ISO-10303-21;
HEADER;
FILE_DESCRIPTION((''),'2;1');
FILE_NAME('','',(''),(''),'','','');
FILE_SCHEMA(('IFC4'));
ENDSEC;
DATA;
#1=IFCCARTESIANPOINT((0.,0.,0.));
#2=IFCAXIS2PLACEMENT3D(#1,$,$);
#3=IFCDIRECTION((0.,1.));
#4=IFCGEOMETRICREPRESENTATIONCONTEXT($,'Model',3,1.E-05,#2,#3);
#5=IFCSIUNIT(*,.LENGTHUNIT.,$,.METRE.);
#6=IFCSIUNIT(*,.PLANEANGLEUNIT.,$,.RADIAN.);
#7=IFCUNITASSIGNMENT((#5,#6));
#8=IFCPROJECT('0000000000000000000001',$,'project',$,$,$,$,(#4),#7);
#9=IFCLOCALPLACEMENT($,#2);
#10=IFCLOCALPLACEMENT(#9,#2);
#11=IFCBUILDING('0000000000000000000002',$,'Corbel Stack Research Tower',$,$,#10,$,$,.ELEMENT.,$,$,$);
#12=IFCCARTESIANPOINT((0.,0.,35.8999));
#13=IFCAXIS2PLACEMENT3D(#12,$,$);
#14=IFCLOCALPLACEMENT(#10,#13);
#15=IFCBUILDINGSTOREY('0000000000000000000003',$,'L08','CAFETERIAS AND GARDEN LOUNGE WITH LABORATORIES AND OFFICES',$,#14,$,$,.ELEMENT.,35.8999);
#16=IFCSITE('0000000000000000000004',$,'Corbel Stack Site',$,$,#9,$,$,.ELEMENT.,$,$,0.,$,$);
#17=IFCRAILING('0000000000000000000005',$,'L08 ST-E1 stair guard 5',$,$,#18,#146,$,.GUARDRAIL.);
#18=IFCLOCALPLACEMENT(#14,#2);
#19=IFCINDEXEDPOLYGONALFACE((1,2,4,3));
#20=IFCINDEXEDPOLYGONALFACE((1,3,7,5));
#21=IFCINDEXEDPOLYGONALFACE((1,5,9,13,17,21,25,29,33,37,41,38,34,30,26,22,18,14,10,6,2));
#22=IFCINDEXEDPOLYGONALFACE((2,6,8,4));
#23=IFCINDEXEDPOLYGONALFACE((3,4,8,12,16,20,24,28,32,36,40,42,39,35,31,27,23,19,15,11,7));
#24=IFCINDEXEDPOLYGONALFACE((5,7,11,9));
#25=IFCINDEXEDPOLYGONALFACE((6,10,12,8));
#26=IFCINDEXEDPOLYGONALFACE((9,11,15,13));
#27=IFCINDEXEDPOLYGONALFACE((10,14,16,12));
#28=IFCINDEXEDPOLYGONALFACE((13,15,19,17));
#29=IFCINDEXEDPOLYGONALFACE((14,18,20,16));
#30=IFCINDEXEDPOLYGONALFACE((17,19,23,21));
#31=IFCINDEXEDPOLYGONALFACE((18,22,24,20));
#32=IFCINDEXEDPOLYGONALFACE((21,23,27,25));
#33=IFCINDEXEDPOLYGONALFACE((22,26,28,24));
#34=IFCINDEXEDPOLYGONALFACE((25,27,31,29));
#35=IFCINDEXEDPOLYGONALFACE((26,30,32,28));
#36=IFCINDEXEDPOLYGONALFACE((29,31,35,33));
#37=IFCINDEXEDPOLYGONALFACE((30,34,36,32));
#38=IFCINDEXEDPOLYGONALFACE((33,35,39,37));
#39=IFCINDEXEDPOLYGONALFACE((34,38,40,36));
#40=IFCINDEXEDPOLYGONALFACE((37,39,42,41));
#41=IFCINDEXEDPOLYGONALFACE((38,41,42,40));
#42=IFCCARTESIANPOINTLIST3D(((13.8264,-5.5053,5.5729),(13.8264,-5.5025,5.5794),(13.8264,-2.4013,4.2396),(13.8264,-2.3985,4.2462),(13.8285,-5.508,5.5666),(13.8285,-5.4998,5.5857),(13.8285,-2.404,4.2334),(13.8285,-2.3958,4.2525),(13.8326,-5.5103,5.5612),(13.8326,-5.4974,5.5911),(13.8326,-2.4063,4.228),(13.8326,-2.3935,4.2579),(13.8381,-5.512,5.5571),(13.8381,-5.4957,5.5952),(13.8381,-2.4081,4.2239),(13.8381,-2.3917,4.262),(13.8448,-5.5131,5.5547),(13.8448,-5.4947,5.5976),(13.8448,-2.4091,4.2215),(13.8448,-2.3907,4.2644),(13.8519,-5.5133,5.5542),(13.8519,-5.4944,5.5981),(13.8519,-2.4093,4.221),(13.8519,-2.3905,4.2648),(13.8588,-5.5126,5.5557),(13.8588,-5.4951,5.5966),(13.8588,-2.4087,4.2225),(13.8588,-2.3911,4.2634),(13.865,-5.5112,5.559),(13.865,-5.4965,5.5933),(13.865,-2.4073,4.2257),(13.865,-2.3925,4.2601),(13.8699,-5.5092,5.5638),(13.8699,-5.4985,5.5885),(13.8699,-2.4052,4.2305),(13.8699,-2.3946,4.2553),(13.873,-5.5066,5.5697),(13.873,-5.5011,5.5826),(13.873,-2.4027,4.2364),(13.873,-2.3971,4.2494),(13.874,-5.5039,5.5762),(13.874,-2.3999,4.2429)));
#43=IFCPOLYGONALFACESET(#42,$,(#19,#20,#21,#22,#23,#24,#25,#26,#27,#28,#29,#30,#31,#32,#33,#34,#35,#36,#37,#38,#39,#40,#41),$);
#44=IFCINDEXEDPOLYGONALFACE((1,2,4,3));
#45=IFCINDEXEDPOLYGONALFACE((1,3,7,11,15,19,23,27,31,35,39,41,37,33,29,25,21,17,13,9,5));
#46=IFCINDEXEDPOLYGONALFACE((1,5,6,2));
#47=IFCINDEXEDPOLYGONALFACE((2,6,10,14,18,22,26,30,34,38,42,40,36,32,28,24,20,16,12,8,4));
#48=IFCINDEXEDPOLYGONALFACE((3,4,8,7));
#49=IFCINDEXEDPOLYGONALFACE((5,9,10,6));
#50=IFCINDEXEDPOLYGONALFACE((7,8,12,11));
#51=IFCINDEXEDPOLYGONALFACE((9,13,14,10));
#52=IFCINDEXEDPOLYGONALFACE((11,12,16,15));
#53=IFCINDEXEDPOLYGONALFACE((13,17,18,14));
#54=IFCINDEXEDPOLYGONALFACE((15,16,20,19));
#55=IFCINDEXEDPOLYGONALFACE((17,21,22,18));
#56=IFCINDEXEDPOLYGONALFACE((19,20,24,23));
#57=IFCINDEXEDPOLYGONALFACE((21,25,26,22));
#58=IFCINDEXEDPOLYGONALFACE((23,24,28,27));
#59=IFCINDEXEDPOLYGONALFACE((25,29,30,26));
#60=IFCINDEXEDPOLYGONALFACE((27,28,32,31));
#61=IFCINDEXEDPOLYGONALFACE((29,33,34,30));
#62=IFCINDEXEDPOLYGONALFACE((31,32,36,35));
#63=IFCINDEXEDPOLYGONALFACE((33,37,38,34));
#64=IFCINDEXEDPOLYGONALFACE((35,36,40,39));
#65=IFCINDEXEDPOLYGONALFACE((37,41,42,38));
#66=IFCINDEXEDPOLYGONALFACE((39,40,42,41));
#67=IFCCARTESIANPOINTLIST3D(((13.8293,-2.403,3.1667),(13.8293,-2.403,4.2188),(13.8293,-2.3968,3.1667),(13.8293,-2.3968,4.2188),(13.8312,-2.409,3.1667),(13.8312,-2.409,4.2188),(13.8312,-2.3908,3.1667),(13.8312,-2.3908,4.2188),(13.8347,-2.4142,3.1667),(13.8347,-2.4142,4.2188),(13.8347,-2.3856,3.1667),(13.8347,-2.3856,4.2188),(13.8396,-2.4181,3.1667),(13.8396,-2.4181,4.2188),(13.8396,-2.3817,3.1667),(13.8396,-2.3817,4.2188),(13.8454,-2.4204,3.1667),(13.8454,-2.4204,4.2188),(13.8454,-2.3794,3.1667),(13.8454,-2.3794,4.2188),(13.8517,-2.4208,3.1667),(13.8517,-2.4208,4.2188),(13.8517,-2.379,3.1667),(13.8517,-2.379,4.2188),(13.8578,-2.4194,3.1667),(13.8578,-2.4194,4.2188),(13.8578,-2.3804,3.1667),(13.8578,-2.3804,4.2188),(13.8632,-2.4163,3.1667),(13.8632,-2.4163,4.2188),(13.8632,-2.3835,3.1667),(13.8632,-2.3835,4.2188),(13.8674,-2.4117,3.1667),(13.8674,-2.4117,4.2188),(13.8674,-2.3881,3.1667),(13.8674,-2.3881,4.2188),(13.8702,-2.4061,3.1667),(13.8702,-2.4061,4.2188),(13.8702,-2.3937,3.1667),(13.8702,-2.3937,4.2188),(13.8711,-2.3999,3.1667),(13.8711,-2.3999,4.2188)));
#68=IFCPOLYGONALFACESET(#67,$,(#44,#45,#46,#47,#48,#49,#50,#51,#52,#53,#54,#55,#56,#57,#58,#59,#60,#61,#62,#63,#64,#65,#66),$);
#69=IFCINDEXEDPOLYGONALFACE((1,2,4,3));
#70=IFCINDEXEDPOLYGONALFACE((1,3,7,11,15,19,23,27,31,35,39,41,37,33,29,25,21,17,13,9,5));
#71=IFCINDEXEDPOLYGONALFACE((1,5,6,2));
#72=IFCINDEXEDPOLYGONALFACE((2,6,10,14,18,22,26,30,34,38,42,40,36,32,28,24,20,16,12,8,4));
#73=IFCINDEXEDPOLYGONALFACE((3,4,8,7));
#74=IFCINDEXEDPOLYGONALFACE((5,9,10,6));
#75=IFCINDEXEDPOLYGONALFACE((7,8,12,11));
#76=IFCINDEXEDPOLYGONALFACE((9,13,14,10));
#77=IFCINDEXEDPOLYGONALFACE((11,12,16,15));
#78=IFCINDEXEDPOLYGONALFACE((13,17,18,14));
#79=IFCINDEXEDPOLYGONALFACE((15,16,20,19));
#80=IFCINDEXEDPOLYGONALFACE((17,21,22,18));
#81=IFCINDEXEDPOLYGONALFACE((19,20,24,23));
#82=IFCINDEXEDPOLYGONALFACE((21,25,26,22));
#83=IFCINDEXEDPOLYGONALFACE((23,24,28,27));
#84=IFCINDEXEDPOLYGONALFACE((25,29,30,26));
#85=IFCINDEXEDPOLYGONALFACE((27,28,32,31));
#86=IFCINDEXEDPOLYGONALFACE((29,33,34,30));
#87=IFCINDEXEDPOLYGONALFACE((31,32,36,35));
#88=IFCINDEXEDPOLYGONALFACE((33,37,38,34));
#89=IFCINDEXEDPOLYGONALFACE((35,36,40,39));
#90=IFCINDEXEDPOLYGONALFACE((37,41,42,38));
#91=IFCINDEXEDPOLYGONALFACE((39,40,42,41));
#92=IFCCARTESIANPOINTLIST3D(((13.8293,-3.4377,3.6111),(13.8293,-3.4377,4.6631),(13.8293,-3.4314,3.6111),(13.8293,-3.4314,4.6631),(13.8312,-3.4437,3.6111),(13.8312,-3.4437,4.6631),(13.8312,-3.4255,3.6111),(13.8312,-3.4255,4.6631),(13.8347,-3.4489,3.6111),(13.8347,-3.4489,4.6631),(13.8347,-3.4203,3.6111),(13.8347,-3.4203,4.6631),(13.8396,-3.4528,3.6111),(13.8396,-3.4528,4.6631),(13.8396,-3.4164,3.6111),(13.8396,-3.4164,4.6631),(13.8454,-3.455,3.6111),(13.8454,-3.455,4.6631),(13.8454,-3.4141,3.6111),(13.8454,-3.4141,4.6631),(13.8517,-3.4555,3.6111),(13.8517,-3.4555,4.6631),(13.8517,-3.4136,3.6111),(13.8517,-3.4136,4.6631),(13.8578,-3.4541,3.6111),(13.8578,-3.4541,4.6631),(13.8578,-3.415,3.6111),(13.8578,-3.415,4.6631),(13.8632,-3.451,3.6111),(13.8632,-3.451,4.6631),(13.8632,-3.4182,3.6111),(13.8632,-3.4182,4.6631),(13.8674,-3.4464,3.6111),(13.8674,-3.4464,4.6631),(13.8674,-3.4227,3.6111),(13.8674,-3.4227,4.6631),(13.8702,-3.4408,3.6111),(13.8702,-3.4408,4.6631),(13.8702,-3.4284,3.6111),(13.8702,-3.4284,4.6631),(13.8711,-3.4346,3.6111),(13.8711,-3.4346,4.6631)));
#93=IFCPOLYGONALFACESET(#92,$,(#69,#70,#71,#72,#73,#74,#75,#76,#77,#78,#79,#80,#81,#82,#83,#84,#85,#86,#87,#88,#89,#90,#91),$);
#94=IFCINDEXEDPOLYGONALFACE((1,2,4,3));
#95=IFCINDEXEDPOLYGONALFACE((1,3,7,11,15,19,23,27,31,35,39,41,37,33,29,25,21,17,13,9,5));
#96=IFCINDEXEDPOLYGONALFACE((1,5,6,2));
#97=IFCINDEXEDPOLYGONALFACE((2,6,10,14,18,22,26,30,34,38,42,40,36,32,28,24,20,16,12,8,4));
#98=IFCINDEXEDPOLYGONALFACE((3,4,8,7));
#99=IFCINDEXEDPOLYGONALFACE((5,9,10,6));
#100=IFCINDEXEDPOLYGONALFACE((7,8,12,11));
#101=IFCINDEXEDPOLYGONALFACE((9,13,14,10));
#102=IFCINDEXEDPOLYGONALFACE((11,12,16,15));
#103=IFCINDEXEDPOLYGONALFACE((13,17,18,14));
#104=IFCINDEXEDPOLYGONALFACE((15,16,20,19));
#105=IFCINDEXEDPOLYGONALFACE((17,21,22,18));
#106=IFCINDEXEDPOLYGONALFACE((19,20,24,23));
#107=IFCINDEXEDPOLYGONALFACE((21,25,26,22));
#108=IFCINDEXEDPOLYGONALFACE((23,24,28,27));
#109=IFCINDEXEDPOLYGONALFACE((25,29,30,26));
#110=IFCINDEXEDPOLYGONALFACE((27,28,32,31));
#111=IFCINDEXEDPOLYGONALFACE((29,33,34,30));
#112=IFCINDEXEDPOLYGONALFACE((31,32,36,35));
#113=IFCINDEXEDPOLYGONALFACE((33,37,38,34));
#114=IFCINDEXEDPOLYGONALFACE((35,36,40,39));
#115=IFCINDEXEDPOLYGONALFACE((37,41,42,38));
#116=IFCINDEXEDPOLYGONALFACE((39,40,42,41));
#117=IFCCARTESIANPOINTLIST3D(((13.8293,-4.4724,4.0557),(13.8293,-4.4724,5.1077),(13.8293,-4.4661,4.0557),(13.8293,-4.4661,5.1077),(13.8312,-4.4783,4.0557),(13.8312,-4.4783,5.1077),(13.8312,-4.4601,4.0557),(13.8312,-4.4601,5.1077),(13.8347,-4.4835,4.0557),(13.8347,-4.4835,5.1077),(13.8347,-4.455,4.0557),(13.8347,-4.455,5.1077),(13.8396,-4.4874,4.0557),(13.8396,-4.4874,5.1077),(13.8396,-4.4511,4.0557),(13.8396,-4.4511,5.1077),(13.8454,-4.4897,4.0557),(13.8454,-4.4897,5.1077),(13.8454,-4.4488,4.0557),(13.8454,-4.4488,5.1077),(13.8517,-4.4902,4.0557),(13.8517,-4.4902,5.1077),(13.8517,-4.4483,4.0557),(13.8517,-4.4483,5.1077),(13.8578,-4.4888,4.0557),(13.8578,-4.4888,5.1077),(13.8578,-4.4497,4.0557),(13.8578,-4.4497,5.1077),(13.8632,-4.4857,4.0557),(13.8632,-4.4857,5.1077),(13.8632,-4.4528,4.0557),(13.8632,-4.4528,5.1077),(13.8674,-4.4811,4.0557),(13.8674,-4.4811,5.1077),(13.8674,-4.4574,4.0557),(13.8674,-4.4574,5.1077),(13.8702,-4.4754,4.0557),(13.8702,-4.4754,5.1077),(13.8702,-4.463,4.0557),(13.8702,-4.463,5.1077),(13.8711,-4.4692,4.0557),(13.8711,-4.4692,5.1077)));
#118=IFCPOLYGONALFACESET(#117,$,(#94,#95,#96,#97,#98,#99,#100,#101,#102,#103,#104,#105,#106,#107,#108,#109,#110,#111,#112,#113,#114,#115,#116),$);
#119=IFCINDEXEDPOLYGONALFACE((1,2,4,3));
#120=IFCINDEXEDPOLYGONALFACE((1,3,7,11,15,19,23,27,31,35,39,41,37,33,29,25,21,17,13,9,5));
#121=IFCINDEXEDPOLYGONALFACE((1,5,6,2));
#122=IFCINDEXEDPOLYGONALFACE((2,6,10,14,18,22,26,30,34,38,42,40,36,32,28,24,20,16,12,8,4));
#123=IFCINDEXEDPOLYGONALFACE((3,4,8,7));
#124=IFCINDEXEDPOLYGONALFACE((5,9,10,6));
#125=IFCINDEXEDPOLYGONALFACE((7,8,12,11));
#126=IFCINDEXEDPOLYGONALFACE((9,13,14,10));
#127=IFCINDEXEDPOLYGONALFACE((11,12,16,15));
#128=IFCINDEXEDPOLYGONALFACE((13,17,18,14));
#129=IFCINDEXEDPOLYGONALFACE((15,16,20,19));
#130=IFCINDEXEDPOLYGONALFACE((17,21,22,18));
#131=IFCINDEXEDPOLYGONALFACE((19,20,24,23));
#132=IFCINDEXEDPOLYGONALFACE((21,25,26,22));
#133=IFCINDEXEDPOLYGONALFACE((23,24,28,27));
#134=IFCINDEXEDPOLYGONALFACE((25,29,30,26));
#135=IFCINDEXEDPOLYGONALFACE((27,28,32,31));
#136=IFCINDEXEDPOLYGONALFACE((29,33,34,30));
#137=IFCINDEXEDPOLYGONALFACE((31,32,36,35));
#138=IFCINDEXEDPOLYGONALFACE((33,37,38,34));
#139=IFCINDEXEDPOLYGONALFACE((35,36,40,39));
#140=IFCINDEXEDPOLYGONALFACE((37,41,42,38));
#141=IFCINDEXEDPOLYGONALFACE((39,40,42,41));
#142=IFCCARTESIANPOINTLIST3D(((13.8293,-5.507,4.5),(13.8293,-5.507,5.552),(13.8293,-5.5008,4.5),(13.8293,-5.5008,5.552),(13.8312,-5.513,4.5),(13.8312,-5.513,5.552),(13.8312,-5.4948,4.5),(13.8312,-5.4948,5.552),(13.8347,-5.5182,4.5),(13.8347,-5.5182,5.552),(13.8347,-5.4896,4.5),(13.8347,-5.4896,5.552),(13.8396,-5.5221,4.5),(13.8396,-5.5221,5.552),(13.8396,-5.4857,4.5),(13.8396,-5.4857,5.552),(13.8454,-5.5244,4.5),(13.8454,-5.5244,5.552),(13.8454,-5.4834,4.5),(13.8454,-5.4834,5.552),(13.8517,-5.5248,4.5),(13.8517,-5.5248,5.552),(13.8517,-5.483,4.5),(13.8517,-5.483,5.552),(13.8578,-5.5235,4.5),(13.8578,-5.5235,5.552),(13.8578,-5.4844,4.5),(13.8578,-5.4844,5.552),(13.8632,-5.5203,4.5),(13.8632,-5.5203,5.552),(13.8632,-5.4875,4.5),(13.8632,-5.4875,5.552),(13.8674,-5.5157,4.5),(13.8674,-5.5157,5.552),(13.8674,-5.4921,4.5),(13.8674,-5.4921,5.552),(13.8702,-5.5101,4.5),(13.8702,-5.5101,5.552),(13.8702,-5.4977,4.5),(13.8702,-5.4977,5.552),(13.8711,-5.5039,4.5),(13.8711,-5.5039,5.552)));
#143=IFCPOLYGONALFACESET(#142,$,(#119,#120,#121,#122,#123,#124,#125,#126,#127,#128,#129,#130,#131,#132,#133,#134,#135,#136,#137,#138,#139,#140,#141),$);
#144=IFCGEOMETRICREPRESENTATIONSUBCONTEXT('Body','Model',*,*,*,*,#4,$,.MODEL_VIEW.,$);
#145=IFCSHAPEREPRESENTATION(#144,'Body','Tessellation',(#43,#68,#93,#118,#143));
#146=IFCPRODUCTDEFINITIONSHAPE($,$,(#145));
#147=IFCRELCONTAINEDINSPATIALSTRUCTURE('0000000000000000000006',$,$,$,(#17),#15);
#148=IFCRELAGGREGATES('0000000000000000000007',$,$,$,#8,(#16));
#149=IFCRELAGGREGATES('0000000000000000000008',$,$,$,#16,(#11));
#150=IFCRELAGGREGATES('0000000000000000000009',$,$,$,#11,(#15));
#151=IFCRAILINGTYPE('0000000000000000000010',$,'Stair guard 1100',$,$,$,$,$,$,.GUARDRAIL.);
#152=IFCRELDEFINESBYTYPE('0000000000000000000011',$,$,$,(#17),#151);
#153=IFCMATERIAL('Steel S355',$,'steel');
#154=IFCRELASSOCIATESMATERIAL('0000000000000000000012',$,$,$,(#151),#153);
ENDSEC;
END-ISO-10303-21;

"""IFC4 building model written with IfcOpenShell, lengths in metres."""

from ifc_helpers import new_model, si_unit, direction, frame, origin, origin_2d, place, context, subcontext, project, spatial, circle, extrude, material, type_object, element, save


model = new_model("IFC4")

# Units and contexts
model_context = context("Model", 3, precision=1e-05, world=origin(), true_north=direction((0.0, 1.0)))
body_context = subcontext(model_context, "Body", "Model", "MODEL_VIEW")
ifc_project = project(units=[si_unit("LENGTHUNIT", "METRE"), si_unit("PLANEANGLEUNIT", "RADIAN")], contexts=[model_context])

# Site, building, storey
site_placement = place(None, origin())
site = spatial("IfcSite", under=ifc_project, at=site_placement, Name="Corbel Stack Site", CompositionType="ELEMENT", RefElevation=0.0)
building_placement = place(site_placement, origin())
building = spatial("IfcBuilding", under=site, at=building_placement, Name="Corbel Stack Research Tower", CompositionType="ELEMENT")
storey_placement = place(building_placement, frame((0.0, 0.0, 35.8999)))
storey = spatial("IfcBuildingStorey", under=building, at=storey_placement, Name="L08", Description="CAFETERIAS AND GARDEN LOUNGE WITH LABORATORIES AND OFFICES", CompositionType="ELEMENT", Elevation=35.8999)

# Railing
ifc_material_1 = material(Name="Steel S355", Category="steel")
railing_type_1 = type_object("IfcRailingType", Name="Stair guard 1100", PredefinedType="GUARDRAIL", material=ifc_material_1)
railing_1_placement = place(storey_placement, frame((13.8501, -2.3999, 3.1667)))
element("IfcRailing", 1, at=railing_1_placement, inside=storey, type_object=railing_type_1, Name="L08 ST-E1 stair guard 5", PredefinedType="GUARDRAIL", context=body_context, shape_type="SweptSolid", body=[
    extrude(circle(Radius=0.0239, at=origin_2d()), frame((0.0, 0.0, 1.0762), z_axis=(0.0, -0.918827, 0.394661), x_axis=(1.0, 0.0, 0.0)), (0.0, 0.0, 1.0), 3.3782),
    extrude(circle(Radius=0.021, at=origin_2d()), origin(), (0.0, 0.0, 1.0), 1.052),
    extrude(circle(Radius=0.021, at=origin_2d()), frame((0.0, -1.0347, 0.4443)), (0.0, 0.0, 1.0), 1.052),
    extrude(circle(Radius=0.021, at=origin_2d()), frame((0.0, -2.0693, 0.8889)), (0.0, 0.0, 1.0), 1.052),
    extrude(circle(Radius=0.021, at=origin_2d()), frame((0.0, -3.104, 1.3333)), (0.0, 0.0, 1.0), 1.052),
])

save(model, "model.ifc")
